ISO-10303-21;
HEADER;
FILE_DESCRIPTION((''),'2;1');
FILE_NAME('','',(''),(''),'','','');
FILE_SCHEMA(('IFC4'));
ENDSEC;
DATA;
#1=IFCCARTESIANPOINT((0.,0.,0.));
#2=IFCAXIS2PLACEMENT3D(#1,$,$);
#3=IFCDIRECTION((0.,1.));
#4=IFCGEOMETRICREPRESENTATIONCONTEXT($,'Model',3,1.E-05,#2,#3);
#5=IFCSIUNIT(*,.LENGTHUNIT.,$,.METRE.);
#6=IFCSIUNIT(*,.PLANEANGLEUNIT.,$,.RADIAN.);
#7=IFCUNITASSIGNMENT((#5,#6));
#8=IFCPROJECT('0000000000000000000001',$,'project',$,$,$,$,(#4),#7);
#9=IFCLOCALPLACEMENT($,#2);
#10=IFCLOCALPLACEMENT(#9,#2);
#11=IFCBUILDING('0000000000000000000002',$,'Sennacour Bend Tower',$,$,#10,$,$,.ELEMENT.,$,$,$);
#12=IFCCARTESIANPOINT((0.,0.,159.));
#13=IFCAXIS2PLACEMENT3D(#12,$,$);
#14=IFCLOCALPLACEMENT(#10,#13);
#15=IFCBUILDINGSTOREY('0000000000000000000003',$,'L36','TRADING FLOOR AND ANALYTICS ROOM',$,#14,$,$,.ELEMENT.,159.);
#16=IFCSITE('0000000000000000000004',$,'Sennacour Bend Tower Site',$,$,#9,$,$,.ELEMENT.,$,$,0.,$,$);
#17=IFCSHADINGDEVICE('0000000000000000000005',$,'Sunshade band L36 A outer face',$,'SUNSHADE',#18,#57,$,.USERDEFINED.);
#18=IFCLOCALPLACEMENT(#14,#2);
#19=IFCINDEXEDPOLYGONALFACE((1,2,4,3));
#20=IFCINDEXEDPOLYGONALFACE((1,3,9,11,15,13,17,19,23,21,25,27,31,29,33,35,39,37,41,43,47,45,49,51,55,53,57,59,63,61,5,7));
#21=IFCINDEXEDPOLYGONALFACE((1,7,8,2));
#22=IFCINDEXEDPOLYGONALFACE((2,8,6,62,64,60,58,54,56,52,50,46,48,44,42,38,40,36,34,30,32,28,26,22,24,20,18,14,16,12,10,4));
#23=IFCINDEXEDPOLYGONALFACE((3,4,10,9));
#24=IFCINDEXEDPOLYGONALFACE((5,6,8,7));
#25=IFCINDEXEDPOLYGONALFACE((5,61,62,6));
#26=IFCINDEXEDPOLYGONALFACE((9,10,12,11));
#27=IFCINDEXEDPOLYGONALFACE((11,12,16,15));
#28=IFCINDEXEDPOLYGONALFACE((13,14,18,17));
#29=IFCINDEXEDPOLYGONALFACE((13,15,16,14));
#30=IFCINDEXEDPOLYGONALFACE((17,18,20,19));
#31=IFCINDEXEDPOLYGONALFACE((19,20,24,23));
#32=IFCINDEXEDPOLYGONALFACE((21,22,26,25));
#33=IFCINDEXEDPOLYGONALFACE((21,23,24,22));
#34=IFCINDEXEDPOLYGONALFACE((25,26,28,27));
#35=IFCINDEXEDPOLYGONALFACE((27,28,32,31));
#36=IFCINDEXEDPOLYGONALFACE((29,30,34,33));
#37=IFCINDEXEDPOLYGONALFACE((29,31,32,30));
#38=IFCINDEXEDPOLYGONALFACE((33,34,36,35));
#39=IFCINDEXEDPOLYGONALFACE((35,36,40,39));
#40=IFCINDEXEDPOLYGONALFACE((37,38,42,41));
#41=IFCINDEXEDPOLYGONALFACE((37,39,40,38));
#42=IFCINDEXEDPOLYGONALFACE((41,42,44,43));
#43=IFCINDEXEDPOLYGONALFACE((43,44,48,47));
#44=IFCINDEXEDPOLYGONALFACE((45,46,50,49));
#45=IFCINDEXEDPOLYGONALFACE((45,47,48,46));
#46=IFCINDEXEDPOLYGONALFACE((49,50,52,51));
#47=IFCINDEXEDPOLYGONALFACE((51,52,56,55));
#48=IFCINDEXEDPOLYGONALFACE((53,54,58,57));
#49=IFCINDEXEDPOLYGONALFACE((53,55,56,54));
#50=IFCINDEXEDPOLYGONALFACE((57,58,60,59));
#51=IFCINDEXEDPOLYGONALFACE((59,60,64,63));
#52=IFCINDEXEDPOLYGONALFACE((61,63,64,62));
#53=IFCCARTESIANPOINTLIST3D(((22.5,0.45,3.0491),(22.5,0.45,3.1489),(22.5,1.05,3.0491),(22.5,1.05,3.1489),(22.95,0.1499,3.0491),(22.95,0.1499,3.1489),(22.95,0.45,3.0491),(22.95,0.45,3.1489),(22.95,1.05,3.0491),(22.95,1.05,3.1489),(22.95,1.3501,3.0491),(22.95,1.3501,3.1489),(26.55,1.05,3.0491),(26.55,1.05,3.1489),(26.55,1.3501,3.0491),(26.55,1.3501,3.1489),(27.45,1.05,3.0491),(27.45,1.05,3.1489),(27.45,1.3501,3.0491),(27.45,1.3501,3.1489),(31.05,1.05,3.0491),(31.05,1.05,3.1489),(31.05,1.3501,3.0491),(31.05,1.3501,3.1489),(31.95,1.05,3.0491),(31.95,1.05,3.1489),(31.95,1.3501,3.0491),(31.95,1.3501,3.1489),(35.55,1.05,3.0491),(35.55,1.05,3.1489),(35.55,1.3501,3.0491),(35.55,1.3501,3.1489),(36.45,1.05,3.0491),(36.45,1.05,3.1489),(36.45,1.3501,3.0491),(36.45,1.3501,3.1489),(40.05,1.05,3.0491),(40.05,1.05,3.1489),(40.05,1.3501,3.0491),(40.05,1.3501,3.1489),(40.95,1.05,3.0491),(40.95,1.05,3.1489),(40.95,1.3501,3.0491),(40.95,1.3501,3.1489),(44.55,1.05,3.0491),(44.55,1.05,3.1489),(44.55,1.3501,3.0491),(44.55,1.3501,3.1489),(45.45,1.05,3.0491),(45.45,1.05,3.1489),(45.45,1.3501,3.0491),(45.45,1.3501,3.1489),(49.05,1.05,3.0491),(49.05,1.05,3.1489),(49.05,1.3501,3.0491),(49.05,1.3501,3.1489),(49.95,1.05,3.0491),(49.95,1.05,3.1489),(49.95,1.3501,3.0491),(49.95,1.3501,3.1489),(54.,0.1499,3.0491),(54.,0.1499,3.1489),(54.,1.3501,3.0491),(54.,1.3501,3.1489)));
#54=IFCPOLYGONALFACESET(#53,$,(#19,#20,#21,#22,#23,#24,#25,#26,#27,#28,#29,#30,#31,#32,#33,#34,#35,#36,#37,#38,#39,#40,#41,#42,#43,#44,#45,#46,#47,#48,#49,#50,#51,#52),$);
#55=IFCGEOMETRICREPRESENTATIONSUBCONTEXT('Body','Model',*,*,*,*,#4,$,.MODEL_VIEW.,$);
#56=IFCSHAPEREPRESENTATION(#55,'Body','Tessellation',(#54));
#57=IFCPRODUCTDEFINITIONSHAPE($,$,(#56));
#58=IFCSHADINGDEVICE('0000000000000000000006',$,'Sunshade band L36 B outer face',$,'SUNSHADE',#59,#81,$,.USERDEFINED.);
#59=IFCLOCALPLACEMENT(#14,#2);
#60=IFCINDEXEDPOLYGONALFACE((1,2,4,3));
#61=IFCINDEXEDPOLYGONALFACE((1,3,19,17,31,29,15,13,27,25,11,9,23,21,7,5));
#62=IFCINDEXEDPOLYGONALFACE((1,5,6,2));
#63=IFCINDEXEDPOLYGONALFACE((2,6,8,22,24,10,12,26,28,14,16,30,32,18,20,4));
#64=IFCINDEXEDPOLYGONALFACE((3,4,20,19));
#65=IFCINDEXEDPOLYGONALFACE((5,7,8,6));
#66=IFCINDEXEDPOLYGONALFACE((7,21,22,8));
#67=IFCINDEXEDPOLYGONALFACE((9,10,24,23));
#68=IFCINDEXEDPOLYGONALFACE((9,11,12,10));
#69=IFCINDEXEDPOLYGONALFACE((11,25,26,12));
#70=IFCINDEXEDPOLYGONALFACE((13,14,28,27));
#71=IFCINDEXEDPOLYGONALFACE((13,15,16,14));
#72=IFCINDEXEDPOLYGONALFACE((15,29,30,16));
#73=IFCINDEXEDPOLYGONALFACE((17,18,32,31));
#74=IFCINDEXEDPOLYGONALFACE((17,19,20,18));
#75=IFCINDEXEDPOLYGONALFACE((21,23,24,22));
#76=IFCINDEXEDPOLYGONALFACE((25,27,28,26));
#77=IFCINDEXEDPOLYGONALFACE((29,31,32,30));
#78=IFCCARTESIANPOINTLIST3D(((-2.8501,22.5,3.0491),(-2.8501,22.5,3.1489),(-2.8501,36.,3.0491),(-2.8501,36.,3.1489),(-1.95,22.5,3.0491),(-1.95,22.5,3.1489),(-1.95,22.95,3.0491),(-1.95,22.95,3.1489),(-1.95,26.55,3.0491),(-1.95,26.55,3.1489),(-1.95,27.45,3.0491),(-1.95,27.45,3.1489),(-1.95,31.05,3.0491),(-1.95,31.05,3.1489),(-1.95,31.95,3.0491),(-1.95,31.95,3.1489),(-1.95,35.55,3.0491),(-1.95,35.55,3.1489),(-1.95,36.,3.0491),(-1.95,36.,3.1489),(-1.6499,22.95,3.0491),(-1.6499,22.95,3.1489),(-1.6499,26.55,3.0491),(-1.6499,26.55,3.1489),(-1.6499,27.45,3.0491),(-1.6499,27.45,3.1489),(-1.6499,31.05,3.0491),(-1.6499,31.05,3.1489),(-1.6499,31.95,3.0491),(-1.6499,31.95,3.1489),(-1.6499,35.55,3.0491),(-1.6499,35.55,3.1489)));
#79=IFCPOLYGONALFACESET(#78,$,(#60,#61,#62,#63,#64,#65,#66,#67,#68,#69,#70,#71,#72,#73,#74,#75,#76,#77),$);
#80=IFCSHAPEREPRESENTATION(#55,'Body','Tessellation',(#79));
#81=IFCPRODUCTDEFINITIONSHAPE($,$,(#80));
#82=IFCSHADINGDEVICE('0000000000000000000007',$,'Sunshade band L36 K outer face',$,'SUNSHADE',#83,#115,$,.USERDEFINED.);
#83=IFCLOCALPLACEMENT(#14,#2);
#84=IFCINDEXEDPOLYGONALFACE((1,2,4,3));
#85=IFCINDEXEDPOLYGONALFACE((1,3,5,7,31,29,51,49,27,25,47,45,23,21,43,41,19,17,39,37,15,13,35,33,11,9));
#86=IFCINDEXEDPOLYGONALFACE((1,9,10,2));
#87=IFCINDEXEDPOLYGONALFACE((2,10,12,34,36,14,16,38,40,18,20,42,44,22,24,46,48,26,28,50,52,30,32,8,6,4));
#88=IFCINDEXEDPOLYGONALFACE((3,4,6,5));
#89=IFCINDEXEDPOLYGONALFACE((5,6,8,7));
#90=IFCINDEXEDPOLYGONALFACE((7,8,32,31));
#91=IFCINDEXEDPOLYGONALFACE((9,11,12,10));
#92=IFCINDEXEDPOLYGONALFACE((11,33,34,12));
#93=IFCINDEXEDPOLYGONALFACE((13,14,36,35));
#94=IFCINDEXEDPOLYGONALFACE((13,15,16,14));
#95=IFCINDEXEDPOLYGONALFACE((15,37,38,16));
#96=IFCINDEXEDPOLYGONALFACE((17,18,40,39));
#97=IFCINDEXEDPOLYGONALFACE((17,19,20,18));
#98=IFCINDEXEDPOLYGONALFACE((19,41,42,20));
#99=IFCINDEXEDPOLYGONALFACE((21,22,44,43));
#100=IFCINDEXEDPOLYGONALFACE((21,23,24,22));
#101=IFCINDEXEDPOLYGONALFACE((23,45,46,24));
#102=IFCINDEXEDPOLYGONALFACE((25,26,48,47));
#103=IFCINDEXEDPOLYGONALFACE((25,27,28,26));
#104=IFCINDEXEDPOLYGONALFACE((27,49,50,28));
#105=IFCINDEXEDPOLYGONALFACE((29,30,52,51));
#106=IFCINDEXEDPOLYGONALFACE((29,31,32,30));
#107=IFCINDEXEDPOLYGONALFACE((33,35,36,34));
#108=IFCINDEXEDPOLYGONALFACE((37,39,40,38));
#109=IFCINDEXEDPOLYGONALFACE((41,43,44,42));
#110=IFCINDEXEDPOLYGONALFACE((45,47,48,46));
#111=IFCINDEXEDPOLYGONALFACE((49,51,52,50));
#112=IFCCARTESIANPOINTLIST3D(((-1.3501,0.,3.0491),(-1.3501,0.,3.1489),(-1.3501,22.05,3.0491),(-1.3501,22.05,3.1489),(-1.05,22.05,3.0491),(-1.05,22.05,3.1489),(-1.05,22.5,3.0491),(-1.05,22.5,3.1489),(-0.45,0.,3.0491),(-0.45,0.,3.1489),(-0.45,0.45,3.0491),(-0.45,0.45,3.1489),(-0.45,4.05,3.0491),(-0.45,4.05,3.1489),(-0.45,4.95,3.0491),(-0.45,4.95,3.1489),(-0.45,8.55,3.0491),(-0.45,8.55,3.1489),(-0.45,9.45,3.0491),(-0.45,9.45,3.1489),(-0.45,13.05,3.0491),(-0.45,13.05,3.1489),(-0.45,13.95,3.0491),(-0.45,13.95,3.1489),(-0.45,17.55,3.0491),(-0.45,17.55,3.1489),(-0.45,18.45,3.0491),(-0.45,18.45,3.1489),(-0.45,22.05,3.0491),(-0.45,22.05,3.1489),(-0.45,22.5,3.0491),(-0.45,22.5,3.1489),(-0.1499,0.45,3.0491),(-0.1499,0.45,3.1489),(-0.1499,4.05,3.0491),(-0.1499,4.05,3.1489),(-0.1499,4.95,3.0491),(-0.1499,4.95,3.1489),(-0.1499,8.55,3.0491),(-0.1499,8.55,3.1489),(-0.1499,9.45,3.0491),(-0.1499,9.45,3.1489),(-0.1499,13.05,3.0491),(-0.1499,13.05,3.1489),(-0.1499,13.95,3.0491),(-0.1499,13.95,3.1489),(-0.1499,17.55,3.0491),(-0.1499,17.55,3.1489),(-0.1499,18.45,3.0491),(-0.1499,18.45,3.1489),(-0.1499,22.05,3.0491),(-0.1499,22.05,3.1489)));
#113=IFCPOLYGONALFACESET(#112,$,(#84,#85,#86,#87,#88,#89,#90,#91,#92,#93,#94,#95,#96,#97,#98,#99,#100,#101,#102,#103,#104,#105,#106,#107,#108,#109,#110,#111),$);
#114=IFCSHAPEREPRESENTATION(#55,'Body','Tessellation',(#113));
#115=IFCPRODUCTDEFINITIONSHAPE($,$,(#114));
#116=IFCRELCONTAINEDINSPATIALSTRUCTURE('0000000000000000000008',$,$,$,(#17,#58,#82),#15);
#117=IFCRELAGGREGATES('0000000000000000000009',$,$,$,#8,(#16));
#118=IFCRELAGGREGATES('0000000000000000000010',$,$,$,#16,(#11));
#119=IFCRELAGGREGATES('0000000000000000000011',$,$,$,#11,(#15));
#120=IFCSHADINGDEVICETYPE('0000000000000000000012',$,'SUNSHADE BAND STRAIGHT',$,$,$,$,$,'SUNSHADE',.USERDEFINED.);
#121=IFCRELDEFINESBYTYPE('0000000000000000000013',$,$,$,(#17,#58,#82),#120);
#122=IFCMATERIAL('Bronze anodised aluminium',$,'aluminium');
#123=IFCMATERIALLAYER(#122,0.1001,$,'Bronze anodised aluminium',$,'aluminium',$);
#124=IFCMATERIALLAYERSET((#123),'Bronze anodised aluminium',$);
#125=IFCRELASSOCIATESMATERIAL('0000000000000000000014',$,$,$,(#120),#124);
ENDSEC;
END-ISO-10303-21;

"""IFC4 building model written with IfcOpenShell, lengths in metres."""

from ifc_helpers import new_model, si_unit, direction, frame, origin, place, context, subcontext, project, spatial, polyline, outline, extrude, material, layer, layer_set, type_object, element, save


model = new_model("IFC4")

# Units and contexts
model_context = context("Model", 3, precision=1e-05, world=origin(), true_north=direction((0.0, 1.0)))
body_context = subcontext(model_context, "Body", "Model", "MODEL_VIEW")
ifc_project = project(units=[si_unit("LENGTHUNIT", "METRE"), si_unit("PLANEANGLEUNIT", "RADIAN")], contexts=[model_context])

# Site, building, storey
site_placement = place(None, origin())
site = spatial("IfcSite", under=ifc_project, at=site_placement, Name="Sennacour Bend Tower Site", CompositionType="ELEMENT", RefElevation=0.0)
building_placement = place(site_placement, origin())
building = spatial("IfcBuilding", under=site, at=building_placement, Name="Sennacour Bend Tower", CompositionType="ELEMENT")
storey_placement = place(building_placement, frame((0.0, 0.0, 159.0)))
storey = spatial("IfcBuildingStorey", under=building, at=storey_placement, Name="L36", Description="TRADING FLOOR AND ANALYTICS ROOM", CompositionType="ELEMENT", Elevation=159.0)

# Shading devices
ifc_material_1 = material(Name="Bronze anodised aluminium", Category="aluminium")
ifc_layer_1 = layer(ifc_material_1, 0.1001, Name="Bronze anodised aluminium", Category="aluminium")
ifc_layer_set_1 = layer_set([ifc_layer_1], Name="Bronze anodised aluminium")
shading_device_type_1 = type_object("IfcShadingDeviceType", Name="SUNSHADE BAND STRAIGHT", ElementType="SUNSHADE", PredefinedType="USERDEFINED", material=ifc_layer_set_1)
shading_device_1_placement = place(storey_placement, frame((0.0, 0.0, 3.0491)))
element("IfcShadingDevice", 1, at=shading_device_1_placement, inside=storey, type_object=shading_device_type_1, Name="Sunshade band L36 A outer face", ObjectType="SUNSHADE", PredefinedType="USERDEFINED", context=body_context, shape_type="SweptSolid", body=[
    extrude(outline(polyline([(26.55, 1.3501), (26.55, 1.05), (27.45, 1.05), (27.45, 1.3501), (31.05, 1.3501), (31.05, 1.05), (31.95, 1.05), (31.95, 1.3501), (35.55, 1.3501), (35.55, 1.05), (36.45, 1.05), (36.45, 1.3501), (40.05, 1.3501), (40.05, 1.05), (40.95, 1.05), (40.95, 1.3501), (44.55, 1.3501), (44.55, 1.05), (45.45, 1.05), (45.45, 1.3501), (49.05, 1.3501), (49.05, 1.05), (49.95, 1.05), (49.95, 1.3501), (54.0, 1.3501), (54.0, 0.1499), (22.95, 0.1499), (22.95, 0.45), (22.5, 0.45), (22.5, 1.05), (22.95, 1.05), (22.95, 1.3501), (26.55, 1.3501)])), origin(), (0.0, 0.0, 1.0), 0.0999),
])
shading_device_2_placement = place(storey_placement, frame((0.0, 0.0, 3.0491)))
element("IfcShadingDevice", 2, at=shading_device_2_placement, inside=storey, type_object=shading_device_type_1, Name="Sunshade band L36 B outer face", ObjectType="SUNSHADE", PredefinedType="USERDEFINED", context=body_context, shape_type="SweptSolid", body=[
    extrude(outline(polyline([(-1.6499, 31.95), (-1.95, 31.95), (-1.95, 31.05), (-1.6499, 31.05), (-1.6499, 27.45), (-1.95, 27.45), (-1.95, 26.55), (-1.6499, 26.55), (-1.6499, 22.95), (-1.95, 22.95), (-1.95, 22.5), (-2.8501, 22.5), (-2.8501, 36.0), (-1.95, 36.0), (-1.95, 35.55), (-1.6499, 35.55), (-1.6499, 31.95)])), origin(), (0.0, 0.0, 1.0), 0.0999),
])
shading_device_3_placement = place(storey_placement, frame((0.0, 0.0, 3.0491)))
element("IfcShadingDevice", 3, at=shading_device_3_placement, inside=storey, type_object=shading_device_type_1, Name="Sunshade band L36 K outer face", ObjectType="SUNSHADE", PredefinedType="USERDEFINED", context=body_context, shape_type="SweptSolid", body=[
    extrude(outline(polyline([(-0.1499, 18.45), (-0.45, 18.45), (-0.45, 17.55), (-0.1499, 17.55), (-0.1499, 13.95), (-0.45, 13.95), (-0.45, 13.05), (-0.1499, 13.05), (-0.1499, 9.45), (-0.45, 9.45), (-0.45, 8.55), (-0.1499, 8.55), (-0.1499, 4.95), (-0.45, 4.95), (-0.45, 4.05), (-0.1499, 4.05), (-0.1499, 0.45), (-0.45, 0.45), (-0.45, 0.0), (-1.3501, 0.0), (-1.3501, 22.05), (-1.05, 22.05), (-1.05, 22.5), (-0.45, 22.5), (-0.45, 22.05), (-0.1499, 22.05), (-0.1499, 18.45)])), origin(), (0.0, 0.0, 1.0), 0.0999),
])

save(model, "model.ifc")
